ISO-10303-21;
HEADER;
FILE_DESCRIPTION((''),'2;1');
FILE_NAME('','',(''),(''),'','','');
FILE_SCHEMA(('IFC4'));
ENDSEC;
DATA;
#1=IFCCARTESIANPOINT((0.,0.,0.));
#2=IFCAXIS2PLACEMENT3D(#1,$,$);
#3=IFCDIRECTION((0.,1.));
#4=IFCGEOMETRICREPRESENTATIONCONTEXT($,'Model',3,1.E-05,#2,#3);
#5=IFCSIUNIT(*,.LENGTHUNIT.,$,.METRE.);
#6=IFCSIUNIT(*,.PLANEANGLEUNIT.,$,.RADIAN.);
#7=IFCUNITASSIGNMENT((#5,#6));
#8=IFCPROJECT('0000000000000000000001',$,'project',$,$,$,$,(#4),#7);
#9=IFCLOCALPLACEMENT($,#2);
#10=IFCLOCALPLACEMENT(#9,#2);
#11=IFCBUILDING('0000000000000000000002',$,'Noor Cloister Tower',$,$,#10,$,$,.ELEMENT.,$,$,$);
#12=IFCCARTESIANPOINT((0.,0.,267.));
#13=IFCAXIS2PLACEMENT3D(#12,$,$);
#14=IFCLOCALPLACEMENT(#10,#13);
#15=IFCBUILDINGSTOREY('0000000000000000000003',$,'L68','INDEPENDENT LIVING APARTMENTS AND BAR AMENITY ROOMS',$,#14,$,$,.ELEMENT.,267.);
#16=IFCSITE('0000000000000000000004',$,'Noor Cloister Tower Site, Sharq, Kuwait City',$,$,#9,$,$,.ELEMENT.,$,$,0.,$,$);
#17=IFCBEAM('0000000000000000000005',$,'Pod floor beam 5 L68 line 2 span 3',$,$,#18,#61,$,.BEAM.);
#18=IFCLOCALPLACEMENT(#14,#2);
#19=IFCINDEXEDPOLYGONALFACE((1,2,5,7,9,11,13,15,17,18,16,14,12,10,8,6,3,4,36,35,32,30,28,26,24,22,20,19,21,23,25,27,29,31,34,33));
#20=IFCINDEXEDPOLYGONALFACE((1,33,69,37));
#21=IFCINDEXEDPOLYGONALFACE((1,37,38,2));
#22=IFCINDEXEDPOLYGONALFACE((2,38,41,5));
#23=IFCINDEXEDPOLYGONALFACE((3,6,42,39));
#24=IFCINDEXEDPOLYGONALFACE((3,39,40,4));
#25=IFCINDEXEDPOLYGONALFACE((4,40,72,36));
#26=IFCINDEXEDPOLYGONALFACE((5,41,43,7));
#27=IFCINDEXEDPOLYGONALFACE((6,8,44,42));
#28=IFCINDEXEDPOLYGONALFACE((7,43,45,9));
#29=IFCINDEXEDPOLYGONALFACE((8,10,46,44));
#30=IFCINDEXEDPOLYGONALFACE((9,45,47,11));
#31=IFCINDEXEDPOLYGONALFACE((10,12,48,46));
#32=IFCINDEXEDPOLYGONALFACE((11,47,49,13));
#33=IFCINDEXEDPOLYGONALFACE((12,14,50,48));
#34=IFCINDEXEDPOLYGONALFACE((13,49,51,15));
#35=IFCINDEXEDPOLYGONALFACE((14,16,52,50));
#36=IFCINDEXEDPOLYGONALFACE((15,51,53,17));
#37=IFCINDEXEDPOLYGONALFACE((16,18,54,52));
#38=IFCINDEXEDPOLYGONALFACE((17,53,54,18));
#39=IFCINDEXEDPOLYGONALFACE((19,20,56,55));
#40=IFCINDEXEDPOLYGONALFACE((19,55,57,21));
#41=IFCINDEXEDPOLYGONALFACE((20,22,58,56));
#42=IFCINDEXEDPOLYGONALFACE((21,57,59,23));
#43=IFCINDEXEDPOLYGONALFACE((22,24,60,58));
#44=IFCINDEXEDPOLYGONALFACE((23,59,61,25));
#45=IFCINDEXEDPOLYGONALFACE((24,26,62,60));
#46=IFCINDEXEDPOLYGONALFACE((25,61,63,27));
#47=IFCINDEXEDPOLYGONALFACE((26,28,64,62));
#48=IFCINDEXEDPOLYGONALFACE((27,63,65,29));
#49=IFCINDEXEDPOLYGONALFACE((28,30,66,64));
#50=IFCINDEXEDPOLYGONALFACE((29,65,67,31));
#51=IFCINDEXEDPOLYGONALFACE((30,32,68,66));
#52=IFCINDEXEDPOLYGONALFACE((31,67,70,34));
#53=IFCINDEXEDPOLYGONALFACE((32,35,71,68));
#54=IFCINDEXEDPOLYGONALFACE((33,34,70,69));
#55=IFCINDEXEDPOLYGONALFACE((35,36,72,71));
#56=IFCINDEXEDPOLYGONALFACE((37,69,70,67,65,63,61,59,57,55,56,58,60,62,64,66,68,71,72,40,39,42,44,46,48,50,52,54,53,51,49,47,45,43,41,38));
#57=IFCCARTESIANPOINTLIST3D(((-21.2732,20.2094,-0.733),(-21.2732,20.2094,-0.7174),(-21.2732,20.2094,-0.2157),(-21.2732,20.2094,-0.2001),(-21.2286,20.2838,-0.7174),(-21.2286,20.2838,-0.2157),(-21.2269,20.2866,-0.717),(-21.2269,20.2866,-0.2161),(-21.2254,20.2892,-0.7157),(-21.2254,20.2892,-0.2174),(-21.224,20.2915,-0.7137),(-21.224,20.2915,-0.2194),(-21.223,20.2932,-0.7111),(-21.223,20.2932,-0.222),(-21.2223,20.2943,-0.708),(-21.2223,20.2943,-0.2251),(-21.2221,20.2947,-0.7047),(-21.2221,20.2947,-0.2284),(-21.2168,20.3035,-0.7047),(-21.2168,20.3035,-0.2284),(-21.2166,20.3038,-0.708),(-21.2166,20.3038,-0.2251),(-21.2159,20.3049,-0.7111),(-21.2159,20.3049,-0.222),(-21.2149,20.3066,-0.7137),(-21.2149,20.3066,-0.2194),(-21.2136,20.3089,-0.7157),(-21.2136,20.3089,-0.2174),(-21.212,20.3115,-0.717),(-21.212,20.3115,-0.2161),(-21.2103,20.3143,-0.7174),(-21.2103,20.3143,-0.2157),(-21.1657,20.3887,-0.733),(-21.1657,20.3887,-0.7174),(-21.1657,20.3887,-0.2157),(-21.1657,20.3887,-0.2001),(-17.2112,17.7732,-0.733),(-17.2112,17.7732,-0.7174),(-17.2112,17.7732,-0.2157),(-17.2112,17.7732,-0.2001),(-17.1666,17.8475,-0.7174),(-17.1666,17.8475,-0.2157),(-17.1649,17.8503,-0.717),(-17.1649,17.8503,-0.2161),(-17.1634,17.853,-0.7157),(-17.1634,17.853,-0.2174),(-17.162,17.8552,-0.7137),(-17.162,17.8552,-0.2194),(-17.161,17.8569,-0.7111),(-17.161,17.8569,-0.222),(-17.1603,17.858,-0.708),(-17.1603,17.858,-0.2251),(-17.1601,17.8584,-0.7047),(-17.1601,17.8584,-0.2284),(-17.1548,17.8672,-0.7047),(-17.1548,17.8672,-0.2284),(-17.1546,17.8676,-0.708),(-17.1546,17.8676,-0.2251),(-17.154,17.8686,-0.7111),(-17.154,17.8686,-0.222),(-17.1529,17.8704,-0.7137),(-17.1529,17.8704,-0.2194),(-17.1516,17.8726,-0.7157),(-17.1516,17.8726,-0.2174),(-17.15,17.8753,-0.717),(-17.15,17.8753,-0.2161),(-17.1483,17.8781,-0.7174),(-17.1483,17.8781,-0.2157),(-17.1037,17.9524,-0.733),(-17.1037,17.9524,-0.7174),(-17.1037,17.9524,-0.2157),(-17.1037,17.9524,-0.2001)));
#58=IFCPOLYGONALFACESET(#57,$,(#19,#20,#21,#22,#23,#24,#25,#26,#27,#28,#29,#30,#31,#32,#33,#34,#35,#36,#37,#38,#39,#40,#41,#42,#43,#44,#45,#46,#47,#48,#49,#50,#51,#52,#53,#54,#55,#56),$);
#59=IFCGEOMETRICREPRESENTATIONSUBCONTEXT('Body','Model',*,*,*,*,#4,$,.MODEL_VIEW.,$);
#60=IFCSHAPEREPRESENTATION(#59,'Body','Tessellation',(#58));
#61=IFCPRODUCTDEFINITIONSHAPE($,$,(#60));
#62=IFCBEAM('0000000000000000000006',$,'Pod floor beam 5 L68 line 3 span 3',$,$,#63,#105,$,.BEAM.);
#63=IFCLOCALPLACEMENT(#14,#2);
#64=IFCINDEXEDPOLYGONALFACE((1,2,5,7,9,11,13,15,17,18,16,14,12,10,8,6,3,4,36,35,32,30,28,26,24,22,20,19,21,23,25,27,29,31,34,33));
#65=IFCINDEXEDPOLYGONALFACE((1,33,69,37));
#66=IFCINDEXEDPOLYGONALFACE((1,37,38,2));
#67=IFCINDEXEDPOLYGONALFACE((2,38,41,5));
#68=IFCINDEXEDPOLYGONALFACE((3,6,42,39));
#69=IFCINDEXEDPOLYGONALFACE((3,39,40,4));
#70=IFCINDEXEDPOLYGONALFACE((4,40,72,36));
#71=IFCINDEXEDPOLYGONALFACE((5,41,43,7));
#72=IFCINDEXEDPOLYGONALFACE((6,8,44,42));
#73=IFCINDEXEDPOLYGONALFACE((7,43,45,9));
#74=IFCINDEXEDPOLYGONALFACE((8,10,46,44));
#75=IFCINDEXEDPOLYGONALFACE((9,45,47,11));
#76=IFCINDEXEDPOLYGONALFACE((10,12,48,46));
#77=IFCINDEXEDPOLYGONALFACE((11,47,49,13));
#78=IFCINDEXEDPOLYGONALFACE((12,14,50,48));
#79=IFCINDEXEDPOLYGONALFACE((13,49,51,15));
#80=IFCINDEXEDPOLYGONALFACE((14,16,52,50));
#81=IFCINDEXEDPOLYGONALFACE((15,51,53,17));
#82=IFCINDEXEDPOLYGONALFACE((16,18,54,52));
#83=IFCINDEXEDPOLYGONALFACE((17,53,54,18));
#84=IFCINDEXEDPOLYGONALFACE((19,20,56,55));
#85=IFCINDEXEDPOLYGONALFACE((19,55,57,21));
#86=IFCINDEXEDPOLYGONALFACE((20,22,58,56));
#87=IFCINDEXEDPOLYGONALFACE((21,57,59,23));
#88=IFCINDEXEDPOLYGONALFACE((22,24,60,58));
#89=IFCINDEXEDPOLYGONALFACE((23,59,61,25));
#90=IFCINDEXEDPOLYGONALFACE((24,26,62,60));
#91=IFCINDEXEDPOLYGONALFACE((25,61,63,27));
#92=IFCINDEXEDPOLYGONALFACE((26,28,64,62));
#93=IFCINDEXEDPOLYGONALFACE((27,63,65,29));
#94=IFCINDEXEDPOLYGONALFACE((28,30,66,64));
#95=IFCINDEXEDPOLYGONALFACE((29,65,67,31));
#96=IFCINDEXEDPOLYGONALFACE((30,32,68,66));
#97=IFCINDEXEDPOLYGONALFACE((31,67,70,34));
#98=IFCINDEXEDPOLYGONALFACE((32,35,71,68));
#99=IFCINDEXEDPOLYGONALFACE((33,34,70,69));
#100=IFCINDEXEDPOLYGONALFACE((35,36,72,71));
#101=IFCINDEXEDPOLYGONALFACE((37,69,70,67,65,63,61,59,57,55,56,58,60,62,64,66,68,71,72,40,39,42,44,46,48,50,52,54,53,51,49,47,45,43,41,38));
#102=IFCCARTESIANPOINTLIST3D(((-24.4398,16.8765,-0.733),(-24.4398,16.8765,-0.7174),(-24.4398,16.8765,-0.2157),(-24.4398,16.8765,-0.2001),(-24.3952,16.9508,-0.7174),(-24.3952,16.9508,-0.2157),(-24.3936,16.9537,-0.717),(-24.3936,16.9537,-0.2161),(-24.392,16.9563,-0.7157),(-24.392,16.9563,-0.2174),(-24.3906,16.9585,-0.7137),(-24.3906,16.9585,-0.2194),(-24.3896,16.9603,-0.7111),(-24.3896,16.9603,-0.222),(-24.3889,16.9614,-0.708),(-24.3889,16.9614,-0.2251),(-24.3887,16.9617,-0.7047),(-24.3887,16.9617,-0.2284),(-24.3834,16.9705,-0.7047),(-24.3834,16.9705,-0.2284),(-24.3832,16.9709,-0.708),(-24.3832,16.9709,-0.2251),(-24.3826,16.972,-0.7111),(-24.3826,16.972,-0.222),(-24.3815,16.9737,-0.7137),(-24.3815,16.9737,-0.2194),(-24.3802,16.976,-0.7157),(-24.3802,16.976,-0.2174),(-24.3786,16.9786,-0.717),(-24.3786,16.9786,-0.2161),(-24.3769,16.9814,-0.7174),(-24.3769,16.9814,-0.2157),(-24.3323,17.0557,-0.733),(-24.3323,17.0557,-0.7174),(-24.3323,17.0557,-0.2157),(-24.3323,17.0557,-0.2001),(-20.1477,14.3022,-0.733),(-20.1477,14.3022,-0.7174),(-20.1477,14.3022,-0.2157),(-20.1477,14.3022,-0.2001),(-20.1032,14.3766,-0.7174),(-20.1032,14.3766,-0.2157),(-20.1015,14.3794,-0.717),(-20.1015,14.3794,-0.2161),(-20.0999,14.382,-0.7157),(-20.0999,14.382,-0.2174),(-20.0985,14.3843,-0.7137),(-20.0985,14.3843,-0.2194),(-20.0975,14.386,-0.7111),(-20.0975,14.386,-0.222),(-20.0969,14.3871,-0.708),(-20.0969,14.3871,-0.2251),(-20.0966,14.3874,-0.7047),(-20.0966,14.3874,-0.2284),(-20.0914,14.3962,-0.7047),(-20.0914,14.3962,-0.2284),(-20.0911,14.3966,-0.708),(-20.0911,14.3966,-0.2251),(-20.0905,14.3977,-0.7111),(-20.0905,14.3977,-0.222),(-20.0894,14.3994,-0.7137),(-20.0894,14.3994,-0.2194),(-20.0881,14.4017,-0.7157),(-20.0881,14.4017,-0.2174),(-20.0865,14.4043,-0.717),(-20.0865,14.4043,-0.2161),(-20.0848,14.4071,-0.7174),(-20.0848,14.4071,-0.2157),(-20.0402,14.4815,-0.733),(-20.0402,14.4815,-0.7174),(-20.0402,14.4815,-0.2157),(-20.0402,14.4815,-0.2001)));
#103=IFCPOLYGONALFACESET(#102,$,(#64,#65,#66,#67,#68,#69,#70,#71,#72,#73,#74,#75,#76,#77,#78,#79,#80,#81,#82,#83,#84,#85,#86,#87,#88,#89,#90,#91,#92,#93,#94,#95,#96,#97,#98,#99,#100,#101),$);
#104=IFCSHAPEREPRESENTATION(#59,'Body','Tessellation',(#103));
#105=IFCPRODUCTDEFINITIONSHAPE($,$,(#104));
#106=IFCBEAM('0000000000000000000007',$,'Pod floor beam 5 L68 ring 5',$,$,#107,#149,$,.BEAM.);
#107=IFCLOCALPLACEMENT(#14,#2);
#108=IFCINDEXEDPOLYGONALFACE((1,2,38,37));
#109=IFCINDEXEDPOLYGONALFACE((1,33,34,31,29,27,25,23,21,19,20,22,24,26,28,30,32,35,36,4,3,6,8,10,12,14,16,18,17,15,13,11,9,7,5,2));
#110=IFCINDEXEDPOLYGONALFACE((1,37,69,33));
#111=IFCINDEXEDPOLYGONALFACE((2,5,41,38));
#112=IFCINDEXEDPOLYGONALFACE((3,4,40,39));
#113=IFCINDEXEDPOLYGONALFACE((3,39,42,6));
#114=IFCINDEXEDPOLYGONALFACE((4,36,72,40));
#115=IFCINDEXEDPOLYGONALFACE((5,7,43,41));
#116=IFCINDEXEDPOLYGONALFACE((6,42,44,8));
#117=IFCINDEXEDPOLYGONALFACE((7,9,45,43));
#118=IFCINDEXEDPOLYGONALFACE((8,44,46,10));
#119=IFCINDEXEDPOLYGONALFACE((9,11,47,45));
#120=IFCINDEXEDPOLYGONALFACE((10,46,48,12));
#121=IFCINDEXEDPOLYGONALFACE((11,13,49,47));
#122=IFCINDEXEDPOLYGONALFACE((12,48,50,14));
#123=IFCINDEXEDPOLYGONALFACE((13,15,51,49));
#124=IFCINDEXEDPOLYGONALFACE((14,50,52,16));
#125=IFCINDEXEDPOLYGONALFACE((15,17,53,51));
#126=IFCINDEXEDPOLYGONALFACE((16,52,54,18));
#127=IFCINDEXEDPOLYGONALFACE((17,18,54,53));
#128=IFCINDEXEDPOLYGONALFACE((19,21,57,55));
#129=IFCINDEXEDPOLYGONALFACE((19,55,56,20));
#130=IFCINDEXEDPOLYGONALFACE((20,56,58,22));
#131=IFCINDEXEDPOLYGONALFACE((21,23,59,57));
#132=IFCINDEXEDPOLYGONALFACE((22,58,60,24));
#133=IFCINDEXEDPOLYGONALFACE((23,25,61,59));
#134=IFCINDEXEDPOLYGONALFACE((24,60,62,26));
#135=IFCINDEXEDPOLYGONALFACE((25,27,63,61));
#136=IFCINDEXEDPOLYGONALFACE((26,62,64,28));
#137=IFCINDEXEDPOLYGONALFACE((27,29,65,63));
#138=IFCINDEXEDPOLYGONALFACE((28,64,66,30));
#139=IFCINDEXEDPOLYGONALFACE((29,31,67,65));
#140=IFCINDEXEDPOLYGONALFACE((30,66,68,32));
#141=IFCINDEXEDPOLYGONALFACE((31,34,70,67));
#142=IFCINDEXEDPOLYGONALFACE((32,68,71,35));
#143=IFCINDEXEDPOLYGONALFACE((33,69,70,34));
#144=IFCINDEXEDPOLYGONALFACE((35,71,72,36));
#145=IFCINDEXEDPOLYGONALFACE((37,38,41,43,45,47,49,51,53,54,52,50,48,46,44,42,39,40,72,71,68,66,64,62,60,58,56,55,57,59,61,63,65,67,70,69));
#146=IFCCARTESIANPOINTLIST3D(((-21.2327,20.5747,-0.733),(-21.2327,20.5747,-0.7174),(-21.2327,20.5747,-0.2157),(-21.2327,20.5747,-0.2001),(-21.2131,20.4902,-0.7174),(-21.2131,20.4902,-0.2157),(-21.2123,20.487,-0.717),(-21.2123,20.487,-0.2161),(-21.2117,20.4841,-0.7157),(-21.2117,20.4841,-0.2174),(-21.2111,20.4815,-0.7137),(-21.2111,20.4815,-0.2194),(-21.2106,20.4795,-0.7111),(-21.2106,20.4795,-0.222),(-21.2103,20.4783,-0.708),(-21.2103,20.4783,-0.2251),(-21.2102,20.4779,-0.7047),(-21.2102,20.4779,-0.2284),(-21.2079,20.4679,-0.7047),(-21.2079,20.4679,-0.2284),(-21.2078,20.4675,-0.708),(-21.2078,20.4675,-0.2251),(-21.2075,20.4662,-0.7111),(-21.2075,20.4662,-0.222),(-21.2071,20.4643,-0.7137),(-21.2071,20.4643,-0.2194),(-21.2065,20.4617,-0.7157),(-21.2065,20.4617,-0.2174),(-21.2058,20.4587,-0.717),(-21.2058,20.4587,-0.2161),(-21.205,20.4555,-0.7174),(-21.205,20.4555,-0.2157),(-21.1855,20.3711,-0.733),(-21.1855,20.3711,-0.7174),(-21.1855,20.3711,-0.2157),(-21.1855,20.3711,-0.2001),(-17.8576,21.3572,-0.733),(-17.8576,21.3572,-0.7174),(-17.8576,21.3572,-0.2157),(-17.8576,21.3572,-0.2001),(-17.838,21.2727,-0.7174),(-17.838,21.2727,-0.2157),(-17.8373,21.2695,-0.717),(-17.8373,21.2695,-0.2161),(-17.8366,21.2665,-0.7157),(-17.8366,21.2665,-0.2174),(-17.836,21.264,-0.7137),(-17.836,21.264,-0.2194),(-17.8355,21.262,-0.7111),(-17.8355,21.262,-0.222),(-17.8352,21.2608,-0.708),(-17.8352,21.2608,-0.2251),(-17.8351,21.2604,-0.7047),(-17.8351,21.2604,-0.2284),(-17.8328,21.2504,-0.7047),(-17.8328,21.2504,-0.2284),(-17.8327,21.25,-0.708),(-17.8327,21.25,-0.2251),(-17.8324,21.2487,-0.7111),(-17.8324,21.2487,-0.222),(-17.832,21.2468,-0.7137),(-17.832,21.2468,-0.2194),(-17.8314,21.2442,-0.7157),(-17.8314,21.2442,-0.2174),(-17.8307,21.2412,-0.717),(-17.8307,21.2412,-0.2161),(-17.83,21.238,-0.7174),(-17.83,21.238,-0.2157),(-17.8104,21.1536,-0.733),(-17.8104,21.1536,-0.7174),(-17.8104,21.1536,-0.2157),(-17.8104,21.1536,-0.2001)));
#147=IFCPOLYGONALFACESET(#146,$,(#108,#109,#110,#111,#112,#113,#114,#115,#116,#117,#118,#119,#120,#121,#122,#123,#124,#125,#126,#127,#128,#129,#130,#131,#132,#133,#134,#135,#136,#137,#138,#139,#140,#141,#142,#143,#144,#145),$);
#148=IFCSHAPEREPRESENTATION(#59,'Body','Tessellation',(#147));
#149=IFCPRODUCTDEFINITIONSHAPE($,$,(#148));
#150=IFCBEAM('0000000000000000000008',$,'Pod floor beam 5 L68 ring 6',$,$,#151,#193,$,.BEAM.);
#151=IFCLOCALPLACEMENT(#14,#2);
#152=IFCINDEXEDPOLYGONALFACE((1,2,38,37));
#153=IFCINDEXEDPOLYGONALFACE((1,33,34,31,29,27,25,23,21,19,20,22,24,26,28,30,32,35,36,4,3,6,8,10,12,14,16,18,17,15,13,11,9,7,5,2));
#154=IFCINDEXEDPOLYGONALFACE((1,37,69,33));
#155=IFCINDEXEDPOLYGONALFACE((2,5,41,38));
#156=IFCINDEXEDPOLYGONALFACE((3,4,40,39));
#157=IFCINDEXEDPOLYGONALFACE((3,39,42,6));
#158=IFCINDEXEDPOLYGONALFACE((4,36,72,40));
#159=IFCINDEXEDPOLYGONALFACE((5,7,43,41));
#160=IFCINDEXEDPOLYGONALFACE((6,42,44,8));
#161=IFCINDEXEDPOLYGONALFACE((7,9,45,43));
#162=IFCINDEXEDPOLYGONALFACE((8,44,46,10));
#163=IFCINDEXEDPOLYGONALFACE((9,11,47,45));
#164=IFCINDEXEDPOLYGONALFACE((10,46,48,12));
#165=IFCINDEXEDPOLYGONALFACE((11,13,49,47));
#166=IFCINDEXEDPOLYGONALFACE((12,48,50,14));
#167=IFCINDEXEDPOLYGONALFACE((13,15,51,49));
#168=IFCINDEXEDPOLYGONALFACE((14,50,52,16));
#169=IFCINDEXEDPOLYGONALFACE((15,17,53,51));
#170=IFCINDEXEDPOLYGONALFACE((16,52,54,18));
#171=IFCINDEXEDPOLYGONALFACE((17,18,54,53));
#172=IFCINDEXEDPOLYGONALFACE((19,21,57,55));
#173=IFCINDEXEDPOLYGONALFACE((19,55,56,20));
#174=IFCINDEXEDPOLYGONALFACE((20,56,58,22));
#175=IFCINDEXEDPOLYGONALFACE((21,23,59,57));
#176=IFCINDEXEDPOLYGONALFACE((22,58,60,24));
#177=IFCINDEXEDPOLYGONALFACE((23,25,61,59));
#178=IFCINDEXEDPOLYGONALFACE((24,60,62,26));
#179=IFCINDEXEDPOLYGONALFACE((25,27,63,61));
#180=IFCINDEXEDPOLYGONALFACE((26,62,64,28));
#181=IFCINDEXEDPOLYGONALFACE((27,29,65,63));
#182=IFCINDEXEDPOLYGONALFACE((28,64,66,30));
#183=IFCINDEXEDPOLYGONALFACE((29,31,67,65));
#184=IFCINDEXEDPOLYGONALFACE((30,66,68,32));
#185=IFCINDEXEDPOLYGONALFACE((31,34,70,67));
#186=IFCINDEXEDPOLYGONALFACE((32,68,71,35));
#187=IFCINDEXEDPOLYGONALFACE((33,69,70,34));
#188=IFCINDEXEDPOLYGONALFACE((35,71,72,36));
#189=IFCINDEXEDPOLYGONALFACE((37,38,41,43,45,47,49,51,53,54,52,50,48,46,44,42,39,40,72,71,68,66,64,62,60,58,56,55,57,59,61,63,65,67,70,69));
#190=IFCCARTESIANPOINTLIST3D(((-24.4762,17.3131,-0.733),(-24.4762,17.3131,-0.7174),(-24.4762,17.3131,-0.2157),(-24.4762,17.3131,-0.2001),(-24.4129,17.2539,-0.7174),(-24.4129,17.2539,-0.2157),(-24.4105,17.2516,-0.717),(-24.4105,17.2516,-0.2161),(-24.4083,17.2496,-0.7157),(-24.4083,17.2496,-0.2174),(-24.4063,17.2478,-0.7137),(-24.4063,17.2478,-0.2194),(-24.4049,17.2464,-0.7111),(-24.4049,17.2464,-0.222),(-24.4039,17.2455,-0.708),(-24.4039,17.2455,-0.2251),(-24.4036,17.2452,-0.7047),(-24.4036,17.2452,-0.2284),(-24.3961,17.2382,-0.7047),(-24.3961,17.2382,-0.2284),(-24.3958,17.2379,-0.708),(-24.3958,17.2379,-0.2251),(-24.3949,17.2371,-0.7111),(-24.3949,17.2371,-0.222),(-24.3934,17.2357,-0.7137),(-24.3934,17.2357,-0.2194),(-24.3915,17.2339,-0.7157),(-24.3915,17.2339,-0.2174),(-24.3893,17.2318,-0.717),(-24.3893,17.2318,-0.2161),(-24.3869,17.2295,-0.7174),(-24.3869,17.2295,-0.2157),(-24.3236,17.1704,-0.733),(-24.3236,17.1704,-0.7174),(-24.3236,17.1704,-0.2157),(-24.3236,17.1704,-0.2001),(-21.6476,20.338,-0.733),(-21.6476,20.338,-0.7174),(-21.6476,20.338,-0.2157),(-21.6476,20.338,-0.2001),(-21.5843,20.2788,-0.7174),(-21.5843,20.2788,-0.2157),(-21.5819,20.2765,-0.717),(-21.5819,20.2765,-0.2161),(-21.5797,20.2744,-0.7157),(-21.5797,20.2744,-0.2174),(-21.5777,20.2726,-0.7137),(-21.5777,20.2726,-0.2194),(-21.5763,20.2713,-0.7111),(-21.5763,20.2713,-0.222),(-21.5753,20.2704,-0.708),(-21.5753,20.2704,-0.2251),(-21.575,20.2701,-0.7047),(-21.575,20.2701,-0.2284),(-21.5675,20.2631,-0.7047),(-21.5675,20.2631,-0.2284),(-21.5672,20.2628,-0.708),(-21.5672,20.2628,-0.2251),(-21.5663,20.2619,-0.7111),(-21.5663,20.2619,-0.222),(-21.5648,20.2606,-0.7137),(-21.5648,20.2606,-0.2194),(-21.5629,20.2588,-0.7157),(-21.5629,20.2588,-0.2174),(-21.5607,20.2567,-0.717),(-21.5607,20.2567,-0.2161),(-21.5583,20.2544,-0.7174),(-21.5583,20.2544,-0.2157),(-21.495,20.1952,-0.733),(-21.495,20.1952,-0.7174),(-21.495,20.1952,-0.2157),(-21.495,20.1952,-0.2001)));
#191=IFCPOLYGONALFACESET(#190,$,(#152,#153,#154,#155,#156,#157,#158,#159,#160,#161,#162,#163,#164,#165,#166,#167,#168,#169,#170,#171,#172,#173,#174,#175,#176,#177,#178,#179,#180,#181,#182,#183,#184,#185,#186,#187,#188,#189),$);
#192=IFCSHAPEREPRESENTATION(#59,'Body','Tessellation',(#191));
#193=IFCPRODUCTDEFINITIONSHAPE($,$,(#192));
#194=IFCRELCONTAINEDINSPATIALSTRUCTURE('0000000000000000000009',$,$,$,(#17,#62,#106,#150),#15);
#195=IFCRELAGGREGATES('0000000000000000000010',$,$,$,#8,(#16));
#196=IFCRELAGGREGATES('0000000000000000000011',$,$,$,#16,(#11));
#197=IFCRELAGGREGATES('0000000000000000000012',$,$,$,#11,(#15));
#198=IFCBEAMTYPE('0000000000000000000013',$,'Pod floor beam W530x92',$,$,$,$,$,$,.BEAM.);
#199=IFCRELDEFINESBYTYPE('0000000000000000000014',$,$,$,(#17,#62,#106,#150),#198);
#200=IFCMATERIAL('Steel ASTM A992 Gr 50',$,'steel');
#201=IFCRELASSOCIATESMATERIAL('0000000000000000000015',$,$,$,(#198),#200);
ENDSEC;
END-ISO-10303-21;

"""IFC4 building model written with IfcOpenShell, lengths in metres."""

from ifc_helpers import new_model, si_unit, direction, frame, origin, origin_2d, place, context, subcontext, project, spatial, i_section, extrude, material, material_profile, profile_set, type_object, element, save


model = new_model("IFC4")

# Units and contexts
model_context = context("Model", 3, precision=1e-05, world=origin(), true_north=direction((0.0, 1.0)))
body_context = subcontext(model_context, "Body", "Model", "MODEL_VIEW")
ifc_project = project(units=[si_unit("LENGTHUNIT", "METRE"), si_unit("PLANEANGLEUNIT", "RADIAN")], contexts=[model_context])

# Site, building, storey
site_placement = place(None, origin())
site = spatial("IfcSite", under=ifc_project, at=site_placement, Name="Noor Cloister Tower Site, Sharq, Kuwait City", CompositionType="ELEMENT", RefElevation=0.0)
building_placement = place(site_placement, origin())
building = spatial("IfcBuilding", under=site, at=building_placement, Name="Noor Cloister Tower", CompositionType="ELEMENT")
storey_placement = place(building_placement, frame((0.0, 0.0, 267.0)))
storey = spatial("IfcBuildingStorey", under=building, at=storey_placement, Name="L68", Description="INDEPENDENT LIVING APARTMENTS AND BAR AMENITY ROOMS", CompositionType="ELEMENT", Elevation=267.0)

# Beams
ifc_material_1 = material(Name="Steel ASTM A992 Gr 50", Category="steel")
ifc_material_profile_1 = material_profile(ifc_material_1, i_section(OverallWidth=0.209, OverallDepth=0.533, WebThickness=0.0103, FlangeThickness=0.0156, FilletRadius=0.0127, at=origin_2d()), Name="W530x92")
ifc_profile_set_1 = profile_set([ifc_material_profile_1], Name="Steel ASTM A992 Gr 50")
beam_type = type_object("IfcBeamType", Name="Pod floor beam W530x92", PredefinedType="BEAM", material=ifc_profile_set_1)
beam_1_placement = place(storey_placement, frame((-17.1575, 17.8628, -0.4666), z_axis=(-0.857579, 0.514352, 0.0), x_axis=(-0.514352, -0.857579, 0.0)))
element("IfcBeam", 1, at=beam_1_placement, inside=storey, type_object=beam_type, Name="Pod floor beam 5 L68 line 2 span 3", PredefinedType="BEAM", context=body_context, shape_type="SweptSolid", body=[
    extrude(i_section(OverallWidth=0.209, OverallDepth=0.533, WebThickness=0.0103, FlangeThickness=0.0156, FilletRadius=0.0127, at=origin_2d()), origin(), (0.0, 0.0, 1.0), 4.7366),
])
beam_2_placement = place(storey_placement, frame((-20.094, 14.3918, -0.4666), z_axis=(-0.857579, 0.514352, 0.0), x_axis=(-0.514352, -0.857579, 0.0)))
element("IfcBeam", 2, at=beam_2_placement, inside=storey, type_object=beam_type, Name="Pod floor beam 5 L68 line 3 span 3", PredefinedType="BEAM", context=body_context, shape_type="SweptSolid", body=[
    extrude(i_section(OverallWidth=0.209, OverallDepth=0.533, WebThickness=0.0103, FlangeThickness=0.0156, FilletRadius=0.0127, at=origin_2d()), origin(), (0.0, 0.0, 1.0), 5.0049),
])
beam_3_placement = place(storey_placement, frame((-17.834, 21.2554, -0.4666), z_axis=(-0.974161, -0.225853, 0.0), x_axis=(0.225853, -0.974161, 0.0)))
element("IfcBeam", 3, at=beam_3_placement, inside=storey, type_object=beam_type, Name="Pod floor beam 5 L68 ring 5", PredefinedType="BEAM", context=body_context, shape_type="SweptSolid", body=[
    extrude(i_section(OverallWidth=0.209, OverallDepth=0.533, WebThickness=0.0103, FlangeThickness=0.0156, FilletRadius=0.0127, at=origin_2d()), origin(), (0.0, 0.0, 1.0), 3.4646),
])
beam_4_placement = place(storey_placement, frame((-21.5713, 20.2666, -0.4666), z_axis=(-0.683011, -0.730408, 0.0), x_axis=(0.730408, -0.683011, 0.0)))
element("IfcBeam", 4, at=beam_4_placement, inside=storey, type_object=beam_type, Name="Pod floor beam 5 L68 ring 6", PredefinedType="BEAM", context=body_context, shape_type="SweptSolid", body=[
    extrude(i_section(OverallWidth=0.209, OverallDepth=0.533, WebThickness=0.0103, FlangeThickness=0.0156, FilletRadius=0.0127, at=origin_2d()), origin(), (0.0, 0.0, 1.0), 4.1414),
])

save(model, "model.ifc")
